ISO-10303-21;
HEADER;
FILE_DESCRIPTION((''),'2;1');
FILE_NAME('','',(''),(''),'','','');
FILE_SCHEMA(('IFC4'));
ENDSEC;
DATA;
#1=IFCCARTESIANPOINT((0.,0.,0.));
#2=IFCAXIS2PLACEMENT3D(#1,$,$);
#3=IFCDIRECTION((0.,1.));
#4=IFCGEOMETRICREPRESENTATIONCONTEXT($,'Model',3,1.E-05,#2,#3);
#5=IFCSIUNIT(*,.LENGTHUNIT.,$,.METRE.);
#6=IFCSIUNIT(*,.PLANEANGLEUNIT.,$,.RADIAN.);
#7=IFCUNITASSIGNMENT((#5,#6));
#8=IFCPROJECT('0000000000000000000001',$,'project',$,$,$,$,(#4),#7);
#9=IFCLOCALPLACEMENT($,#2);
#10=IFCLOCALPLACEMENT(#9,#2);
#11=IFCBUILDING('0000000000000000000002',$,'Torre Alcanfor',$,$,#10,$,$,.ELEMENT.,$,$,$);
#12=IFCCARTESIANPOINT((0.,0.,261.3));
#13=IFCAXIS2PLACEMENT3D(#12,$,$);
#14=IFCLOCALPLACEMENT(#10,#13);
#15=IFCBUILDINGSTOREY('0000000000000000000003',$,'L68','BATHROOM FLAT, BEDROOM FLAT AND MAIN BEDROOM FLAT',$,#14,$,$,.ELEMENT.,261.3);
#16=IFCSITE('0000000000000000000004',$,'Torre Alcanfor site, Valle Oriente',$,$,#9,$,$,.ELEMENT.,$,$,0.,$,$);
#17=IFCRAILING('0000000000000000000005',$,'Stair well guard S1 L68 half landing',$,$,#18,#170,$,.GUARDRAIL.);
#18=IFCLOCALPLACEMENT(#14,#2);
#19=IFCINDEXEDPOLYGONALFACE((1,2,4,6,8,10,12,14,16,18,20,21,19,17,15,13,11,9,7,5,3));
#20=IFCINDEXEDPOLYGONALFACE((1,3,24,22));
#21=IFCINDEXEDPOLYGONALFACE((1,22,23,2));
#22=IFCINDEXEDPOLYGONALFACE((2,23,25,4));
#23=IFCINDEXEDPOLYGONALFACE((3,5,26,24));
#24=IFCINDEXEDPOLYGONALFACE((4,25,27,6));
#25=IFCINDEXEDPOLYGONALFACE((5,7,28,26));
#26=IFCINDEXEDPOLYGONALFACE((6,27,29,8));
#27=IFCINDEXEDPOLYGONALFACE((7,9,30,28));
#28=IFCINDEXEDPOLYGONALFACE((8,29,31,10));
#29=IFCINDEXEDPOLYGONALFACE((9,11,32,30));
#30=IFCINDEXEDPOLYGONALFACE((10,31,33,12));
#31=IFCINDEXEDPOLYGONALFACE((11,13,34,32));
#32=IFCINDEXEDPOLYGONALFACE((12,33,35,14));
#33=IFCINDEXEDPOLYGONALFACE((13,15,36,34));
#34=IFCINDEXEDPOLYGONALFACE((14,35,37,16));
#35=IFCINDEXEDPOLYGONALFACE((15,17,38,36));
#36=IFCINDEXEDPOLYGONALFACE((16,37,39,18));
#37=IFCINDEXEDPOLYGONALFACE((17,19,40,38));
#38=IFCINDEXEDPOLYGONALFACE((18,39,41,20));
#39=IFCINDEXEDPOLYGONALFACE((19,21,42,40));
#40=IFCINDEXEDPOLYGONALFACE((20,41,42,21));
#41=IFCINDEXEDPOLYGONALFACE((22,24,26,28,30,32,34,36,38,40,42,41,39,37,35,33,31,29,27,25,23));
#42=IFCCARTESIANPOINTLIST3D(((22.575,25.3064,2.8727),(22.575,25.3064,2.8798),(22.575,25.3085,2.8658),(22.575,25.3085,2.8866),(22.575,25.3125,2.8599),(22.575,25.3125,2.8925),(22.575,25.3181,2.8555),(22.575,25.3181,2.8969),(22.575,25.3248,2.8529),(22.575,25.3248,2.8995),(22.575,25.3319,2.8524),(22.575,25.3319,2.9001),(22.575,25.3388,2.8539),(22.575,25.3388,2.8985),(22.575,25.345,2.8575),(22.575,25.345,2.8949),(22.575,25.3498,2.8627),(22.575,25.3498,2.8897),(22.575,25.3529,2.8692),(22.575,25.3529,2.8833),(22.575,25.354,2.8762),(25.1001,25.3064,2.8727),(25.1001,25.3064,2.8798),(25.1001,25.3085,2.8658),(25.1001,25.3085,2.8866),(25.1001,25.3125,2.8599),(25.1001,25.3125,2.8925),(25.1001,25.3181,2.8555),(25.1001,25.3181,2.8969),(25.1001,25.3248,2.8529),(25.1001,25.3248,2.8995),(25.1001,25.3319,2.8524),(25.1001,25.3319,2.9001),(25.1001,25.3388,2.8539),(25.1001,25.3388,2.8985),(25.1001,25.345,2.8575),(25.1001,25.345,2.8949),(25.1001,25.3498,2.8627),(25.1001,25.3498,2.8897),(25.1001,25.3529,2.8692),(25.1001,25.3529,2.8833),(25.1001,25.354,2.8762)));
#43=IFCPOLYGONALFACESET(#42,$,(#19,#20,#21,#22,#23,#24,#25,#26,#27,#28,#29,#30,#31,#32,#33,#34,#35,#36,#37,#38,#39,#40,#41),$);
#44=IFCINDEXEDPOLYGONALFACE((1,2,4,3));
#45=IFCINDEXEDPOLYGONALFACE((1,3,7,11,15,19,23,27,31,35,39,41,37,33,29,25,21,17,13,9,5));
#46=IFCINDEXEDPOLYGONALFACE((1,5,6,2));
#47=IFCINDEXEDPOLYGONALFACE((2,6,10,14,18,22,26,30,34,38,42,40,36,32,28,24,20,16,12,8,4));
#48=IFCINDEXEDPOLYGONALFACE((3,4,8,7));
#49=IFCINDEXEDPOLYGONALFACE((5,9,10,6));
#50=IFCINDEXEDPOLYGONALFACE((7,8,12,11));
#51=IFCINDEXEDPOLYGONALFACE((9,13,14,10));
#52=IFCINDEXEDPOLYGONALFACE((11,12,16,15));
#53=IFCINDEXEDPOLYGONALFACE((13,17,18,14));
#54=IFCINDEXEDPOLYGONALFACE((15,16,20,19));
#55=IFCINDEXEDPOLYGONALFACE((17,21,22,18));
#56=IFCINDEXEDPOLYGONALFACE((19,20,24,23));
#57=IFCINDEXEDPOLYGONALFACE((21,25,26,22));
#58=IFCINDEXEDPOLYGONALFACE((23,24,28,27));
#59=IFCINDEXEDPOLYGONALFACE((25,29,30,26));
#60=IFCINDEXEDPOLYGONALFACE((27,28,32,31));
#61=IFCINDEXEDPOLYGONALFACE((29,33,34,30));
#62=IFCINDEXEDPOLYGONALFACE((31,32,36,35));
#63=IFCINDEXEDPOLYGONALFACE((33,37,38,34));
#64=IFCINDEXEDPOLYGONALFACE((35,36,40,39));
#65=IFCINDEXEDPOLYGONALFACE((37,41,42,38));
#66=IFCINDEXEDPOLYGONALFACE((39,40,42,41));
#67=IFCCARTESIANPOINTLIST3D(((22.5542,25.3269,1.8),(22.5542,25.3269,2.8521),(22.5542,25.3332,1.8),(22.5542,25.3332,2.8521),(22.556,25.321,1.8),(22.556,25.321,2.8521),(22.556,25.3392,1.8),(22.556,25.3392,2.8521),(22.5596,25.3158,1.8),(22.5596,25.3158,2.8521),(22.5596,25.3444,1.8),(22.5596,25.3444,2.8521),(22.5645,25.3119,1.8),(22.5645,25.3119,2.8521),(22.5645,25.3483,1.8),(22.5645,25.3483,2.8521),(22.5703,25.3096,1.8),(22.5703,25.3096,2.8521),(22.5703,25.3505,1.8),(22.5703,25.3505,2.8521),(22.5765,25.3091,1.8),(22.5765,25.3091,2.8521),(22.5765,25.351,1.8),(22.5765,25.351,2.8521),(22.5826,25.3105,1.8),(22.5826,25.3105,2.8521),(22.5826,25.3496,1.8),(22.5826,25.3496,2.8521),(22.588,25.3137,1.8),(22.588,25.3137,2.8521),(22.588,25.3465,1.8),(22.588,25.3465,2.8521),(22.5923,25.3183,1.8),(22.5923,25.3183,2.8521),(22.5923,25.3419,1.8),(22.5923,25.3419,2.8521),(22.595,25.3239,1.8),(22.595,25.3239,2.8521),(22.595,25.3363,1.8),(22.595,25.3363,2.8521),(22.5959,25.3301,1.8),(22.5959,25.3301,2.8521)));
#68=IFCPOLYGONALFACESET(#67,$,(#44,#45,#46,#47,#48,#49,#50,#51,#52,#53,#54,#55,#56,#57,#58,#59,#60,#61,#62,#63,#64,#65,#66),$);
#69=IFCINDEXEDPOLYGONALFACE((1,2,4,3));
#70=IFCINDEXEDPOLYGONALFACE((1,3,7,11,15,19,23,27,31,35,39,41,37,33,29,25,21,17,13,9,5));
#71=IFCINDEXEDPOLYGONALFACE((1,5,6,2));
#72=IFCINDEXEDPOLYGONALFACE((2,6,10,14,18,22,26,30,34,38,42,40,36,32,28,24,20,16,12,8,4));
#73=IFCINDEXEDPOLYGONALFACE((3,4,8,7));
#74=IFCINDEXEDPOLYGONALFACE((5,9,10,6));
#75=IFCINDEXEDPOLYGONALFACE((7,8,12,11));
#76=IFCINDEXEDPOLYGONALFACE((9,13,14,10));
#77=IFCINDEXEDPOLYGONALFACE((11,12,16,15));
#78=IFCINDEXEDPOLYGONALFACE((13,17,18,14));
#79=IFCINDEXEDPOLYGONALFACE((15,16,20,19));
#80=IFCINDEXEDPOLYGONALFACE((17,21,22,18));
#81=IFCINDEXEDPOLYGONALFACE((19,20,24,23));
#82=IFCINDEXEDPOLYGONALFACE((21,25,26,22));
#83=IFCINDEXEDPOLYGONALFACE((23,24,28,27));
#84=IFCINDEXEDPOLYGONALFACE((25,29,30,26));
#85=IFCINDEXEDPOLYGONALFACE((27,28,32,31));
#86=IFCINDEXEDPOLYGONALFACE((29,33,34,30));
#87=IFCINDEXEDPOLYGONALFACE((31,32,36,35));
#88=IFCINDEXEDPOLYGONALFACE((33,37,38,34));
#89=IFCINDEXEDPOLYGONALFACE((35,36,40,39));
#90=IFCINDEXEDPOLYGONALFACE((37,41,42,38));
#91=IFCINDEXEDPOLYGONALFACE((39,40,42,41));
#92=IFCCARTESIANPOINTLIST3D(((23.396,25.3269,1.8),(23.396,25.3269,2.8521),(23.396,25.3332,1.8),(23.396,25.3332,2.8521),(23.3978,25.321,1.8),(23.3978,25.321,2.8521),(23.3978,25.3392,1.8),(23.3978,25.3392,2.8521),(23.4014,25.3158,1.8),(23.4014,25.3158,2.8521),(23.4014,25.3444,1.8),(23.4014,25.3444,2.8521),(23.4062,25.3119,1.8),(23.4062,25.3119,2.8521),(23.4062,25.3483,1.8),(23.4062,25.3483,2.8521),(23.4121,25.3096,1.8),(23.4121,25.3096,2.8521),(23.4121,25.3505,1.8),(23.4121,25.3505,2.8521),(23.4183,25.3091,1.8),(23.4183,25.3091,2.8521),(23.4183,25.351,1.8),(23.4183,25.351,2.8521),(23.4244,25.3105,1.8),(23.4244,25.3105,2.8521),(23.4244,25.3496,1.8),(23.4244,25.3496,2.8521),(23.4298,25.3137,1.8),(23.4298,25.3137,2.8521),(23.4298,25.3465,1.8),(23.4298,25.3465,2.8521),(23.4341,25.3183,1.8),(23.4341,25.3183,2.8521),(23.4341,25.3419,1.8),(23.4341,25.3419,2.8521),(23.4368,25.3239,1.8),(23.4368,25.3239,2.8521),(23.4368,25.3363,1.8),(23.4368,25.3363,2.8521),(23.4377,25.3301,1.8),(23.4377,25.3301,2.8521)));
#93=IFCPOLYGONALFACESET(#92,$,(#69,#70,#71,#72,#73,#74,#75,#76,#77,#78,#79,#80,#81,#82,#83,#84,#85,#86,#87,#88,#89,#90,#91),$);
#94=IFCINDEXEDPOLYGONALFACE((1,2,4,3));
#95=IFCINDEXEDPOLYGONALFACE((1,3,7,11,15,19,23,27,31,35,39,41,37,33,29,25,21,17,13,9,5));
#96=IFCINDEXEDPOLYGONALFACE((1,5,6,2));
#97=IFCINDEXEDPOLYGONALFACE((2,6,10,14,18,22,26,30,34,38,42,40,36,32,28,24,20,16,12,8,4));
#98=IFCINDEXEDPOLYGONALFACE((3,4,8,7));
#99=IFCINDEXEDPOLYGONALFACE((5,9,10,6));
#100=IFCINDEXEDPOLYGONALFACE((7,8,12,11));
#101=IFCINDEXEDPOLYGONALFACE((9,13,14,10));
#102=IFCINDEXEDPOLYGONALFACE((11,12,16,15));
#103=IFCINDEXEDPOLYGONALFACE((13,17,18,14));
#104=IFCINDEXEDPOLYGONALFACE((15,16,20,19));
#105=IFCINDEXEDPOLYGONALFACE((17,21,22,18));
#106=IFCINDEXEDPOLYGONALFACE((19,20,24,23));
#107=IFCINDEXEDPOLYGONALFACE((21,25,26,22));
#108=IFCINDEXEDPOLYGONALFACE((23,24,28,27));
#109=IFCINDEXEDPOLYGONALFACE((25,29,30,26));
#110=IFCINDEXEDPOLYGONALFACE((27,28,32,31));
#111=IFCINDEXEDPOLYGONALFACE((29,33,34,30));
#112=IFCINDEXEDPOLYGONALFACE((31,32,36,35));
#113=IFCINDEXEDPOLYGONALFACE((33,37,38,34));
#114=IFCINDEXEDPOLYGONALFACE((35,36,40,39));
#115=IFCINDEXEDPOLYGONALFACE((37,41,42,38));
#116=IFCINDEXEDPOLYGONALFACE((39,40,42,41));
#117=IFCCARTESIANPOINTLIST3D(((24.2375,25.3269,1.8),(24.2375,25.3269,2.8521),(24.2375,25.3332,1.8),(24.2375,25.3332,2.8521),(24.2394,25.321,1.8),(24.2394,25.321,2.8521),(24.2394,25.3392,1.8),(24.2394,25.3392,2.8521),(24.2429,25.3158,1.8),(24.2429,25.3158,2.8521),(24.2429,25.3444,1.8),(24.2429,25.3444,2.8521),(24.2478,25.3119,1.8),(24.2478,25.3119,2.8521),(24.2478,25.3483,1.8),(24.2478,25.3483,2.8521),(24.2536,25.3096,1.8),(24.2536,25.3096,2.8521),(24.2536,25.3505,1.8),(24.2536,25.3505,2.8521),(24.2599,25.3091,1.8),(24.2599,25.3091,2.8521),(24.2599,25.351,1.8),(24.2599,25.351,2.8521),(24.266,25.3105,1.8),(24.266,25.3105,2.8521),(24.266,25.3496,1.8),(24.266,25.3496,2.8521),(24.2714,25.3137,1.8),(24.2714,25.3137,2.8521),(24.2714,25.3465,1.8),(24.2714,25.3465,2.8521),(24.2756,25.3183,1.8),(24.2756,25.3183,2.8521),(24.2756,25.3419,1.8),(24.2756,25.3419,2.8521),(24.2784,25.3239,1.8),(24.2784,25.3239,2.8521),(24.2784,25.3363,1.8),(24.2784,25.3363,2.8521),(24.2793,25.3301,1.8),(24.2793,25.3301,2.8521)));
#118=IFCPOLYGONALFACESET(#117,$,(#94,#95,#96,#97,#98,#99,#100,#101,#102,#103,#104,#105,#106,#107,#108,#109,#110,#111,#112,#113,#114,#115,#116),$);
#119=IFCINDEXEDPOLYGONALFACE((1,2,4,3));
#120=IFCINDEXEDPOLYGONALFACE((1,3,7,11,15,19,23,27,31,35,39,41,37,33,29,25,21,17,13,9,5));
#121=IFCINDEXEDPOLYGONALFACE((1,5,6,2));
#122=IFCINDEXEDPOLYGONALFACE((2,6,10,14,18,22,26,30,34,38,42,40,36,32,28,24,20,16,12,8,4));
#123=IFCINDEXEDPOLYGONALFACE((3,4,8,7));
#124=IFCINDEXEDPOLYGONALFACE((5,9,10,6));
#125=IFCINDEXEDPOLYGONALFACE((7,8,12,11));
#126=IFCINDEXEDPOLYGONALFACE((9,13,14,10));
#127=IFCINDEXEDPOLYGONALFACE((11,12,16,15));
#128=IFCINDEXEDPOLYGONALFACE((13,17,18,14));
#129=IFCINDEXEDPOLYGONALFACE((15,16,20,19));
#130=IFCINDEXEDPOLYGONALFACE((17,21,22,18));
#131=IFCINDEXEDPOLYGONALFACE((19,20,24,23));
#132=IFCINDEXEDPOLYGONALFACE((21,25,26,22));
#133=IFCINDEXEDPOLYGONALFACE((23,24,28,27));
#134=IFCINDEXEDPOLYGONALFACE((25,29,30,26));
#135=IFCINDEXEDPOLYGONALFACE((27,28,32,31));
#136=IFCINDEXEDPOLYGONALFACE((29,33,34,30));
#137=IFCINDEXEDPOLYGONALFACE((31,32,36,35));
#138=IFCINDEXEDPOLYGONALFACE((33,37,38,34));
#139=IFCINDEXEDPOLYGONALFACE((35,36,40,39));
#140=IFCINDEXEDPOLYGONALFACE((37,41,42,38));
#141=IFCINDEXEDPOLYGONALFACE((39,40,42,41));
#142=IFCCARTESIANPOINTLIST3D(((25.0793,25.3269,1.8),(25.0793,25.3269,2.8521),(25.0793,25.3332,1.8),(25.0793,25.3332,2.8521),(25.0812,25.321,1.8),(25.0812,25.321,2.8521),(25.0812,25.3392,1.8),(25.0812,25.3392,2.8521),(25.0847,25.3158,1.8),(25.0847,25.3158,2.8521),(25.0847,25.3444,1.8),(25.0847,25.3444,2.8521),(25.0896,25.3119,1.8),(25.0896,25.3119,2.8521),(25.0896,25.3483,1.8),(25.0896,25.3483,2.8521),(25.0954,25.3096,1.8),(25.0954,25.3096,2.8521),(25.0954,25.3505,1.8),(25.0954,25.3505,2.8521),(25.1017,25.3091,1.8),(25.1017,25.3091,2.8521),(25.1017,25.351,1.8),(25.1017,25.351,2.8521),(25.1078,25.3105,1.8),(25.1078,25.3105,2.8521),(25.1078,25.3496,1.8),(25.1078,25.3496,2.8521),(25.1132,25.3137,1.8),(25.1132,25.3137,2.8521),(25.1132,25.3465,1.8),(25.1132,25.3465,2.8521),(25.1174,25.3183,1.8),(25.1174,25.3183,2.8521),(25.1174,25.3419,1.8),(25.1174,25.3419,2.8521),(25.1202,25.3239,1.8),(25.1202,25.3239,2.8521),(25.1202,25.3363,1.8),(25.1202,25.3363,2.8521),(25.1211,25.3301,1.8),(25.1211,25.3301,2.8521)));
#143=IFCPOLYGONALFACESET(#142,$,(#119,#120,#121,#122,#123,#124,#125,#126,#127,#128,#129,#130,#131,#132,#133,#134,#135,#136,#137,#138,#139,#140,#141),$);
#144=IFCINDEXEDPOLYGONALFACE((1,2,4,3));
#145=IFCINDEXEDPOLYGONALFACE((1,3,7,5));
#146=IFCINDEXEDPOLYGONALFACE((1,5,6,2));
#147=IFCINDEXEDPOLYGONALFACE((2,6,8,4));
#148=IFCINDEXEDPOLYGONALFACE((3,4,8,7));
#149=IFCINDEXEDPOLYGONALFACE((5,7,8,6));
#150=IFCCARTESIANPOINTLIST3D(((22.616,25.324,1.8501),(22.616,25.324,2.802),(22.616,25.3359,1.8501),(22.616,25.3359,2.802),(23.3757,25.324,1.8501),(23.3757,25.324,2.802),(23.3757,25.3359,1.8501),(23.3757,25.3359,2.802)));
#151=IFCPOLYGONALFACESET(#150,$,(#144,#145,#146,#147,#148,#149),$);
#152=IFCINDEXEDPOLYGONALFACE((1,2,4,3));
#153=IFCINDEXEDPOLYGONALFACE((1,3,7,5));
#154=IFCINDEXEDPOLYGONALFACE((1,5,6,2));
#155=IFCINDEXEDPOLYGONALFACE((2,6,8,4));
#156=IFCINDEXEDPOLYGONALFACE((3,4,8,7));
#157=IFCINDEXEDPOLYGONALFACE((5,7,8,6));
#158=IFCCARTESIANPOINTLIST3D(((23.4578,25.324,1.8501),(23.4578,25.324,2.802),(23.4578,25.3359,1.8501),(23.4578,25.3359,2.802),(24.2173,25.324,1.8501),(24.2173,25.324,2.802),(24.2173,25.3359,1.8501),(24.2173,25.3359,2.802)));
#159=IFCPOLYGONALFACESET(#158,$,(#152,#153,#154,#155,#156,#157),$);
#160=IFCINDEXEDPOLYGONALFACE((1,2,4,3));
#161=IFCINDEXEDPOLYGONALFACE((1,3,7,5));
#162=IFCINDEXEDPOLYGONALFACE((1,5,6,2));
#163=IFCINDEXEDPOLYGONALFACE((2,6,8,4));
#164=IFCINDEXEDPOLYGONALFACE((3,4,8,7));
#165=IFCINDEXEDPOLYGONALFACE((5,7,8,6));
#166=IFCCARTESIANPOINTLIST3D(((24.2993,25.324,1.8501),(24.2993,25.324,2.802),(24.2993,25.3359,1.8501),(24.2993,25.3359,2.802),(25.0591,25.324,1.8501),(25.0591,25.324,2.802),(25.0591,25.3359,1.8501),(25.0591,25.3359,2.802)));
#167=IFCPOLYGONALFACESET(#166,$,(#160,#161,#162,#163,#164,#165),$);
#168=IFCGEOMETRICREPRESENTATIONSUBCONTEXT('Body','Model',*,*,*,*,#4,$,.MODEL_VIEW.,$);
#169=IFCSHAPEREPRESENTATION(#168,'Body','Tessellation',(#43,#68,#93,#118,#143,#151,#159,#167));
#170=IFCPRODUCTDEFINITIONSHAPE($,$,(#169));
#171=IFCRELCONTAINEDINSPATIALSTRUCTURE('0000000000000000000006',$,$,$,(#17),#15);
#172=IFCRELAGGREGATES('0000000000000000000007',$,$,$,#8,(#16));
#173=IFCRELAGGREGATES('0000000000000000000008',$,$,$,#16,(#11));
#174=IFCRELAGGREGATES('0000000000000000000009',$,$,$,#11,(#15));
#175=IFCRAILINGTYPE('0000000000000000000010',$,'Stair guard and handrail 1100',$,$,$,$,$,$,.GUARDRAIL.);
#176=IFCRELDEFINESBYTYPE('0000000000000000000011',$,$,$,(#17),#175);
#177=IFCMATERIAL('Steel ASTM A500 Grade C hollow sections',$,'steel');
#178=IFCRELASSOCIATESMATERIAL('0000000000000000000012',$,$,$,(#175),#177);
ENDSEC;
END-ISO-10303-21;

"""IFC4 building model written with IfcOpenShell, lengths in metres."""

from ifc_helpers import new_model, si_unit, direction, frame, origin, origin_2d, place, context, subcontext, project, spatial, polyline, circle, outline, extrude, material, type_object, element, save


model = new_model("IFC4")

# Units and contexts
model_context = context("Model", 3, precision=1e-05, world=origin(), true_north=direction((0.0, 1.0)))
body_context = subcontext(model_context, "Body", "Model", "MODEL_VIEW")
ifc_project = project(units=[si_unit("LENGTHUNIT", "METRE"), si_unit("PLANEANGLEUNIT", "RADIAN")], contexts=[model_context])

# Site, building, storey
site_placement = place(None, origin())
site = spatial("IfcSite", under=ifc_project, at=site_placement, Name="Torre Alcanfor site, Valle Oriente", CompositionType="ELEMENT", RefElevation=0.0)
building_placement = place(site_placement, origin())
building = spatial("IfcBuilding", under=site, at=building_placement, Name="Torre Alcanfor", CompositionType="ELEMENT")
storey_placement = place(building_placement, frame((0.0, 0.0, 261.3)))
storey = spatial("IfcBuildingStorey", under=building, at=storey_placement, Name="L68", Description="BATHROOM FLAT, BEDROOM FLAT AND MAIN BEDROOM FLAT", CompositionType="ELEMENT", Elevation=261.3)

# Railing
ifc_material_1 = material(Name="Steel ASTM A500 Grade C hollow sections", Category="steel")
railing_type_1 = type_object("IfcRailingType", Name="Stair guard and handrail 1100", PredefinedType="GUARDRAIL", material=ifc_material_1)
railing_1_placement = place(storey_placement, frame((22.575, 25.3301, 1.8)))
element("IfcRailing", 1, at=railing_1_placement, inside=storey, type_object=railing_type_1, Name="Stair well guard S1 L68 half landing", PredefinedType="GUARDRAIL", context=body_context, shape_type="SweptSolid", body=[
    extrude(circle(Radius=0.0239, at=origin_2d()), frame((0.0, 0.0, 1.0762), z_axis=(1.0, 0.0, 0.0), x_axis=(0.0, 1.0, 0.0)), (0.0, 0.0, 1.0), 2.5251),
    extrude(circle(Radius=0.021, at=origin_2d()), origin(), (0.0, 0.0, 1.0), 1.052),
    extrude(circle(Radius=0.021, at=origin_2d()), frame((0.8418, 0.0, 0.0)), (0.0, 0.0, 1.0), 1.052),
    extrude(circle(Radius=0.021, at=origin_2d()), frame((1.6833, 0.0, 0.0)), (0.0, 0.0, 1.0), 1.052),
    extrude(circle(Radius=0.021, at=origin_2d()), frame((2.5251, 0.0, 0.0)), (0.0, 0.0, 1.0), 1.052),
    extrude(outline(polyline([(0.041, 0.05), (0.8008, 0.05), (0.8008, 1.002), (0.041, 1.002), (0.041, 0.05)])), frame((0.0, 0.0059, 0.0), z_axis=(0.0, -1.0, 0.0), x_axis=(1.0, 0.0, 0.0)), (0.0, 0.0, 1.0), 0.012),
    extrude(outline(polyline([(0.8828, 0.05), (1.6423, 0.05), (1.6423, 1.002), (0.8828, 1.002), (0.8828, 0.05)])), frame((0.0, 0.0059, 0.0), z_axis=(0.0, -1.0, 0.0), x_axis=(1.0, 0.0, 0.0)), (0.0, 0.0, 1.0), 0.012),
    extrude(outline(polyline([(1.7244, 0.05), (2.4841, 0.05), (2.4841, 1.002), (1.7244, 1.002), (1.7244, 0.05)])), frame((0.0, 0.0059, 0.0), z_axis=(0.0, -1.0, 0.0), x_axis=(1.0, 0.0, 0.0)), (0.0, 0.0, 1.0), 0.012),
])

save(model, "model.ifc")
